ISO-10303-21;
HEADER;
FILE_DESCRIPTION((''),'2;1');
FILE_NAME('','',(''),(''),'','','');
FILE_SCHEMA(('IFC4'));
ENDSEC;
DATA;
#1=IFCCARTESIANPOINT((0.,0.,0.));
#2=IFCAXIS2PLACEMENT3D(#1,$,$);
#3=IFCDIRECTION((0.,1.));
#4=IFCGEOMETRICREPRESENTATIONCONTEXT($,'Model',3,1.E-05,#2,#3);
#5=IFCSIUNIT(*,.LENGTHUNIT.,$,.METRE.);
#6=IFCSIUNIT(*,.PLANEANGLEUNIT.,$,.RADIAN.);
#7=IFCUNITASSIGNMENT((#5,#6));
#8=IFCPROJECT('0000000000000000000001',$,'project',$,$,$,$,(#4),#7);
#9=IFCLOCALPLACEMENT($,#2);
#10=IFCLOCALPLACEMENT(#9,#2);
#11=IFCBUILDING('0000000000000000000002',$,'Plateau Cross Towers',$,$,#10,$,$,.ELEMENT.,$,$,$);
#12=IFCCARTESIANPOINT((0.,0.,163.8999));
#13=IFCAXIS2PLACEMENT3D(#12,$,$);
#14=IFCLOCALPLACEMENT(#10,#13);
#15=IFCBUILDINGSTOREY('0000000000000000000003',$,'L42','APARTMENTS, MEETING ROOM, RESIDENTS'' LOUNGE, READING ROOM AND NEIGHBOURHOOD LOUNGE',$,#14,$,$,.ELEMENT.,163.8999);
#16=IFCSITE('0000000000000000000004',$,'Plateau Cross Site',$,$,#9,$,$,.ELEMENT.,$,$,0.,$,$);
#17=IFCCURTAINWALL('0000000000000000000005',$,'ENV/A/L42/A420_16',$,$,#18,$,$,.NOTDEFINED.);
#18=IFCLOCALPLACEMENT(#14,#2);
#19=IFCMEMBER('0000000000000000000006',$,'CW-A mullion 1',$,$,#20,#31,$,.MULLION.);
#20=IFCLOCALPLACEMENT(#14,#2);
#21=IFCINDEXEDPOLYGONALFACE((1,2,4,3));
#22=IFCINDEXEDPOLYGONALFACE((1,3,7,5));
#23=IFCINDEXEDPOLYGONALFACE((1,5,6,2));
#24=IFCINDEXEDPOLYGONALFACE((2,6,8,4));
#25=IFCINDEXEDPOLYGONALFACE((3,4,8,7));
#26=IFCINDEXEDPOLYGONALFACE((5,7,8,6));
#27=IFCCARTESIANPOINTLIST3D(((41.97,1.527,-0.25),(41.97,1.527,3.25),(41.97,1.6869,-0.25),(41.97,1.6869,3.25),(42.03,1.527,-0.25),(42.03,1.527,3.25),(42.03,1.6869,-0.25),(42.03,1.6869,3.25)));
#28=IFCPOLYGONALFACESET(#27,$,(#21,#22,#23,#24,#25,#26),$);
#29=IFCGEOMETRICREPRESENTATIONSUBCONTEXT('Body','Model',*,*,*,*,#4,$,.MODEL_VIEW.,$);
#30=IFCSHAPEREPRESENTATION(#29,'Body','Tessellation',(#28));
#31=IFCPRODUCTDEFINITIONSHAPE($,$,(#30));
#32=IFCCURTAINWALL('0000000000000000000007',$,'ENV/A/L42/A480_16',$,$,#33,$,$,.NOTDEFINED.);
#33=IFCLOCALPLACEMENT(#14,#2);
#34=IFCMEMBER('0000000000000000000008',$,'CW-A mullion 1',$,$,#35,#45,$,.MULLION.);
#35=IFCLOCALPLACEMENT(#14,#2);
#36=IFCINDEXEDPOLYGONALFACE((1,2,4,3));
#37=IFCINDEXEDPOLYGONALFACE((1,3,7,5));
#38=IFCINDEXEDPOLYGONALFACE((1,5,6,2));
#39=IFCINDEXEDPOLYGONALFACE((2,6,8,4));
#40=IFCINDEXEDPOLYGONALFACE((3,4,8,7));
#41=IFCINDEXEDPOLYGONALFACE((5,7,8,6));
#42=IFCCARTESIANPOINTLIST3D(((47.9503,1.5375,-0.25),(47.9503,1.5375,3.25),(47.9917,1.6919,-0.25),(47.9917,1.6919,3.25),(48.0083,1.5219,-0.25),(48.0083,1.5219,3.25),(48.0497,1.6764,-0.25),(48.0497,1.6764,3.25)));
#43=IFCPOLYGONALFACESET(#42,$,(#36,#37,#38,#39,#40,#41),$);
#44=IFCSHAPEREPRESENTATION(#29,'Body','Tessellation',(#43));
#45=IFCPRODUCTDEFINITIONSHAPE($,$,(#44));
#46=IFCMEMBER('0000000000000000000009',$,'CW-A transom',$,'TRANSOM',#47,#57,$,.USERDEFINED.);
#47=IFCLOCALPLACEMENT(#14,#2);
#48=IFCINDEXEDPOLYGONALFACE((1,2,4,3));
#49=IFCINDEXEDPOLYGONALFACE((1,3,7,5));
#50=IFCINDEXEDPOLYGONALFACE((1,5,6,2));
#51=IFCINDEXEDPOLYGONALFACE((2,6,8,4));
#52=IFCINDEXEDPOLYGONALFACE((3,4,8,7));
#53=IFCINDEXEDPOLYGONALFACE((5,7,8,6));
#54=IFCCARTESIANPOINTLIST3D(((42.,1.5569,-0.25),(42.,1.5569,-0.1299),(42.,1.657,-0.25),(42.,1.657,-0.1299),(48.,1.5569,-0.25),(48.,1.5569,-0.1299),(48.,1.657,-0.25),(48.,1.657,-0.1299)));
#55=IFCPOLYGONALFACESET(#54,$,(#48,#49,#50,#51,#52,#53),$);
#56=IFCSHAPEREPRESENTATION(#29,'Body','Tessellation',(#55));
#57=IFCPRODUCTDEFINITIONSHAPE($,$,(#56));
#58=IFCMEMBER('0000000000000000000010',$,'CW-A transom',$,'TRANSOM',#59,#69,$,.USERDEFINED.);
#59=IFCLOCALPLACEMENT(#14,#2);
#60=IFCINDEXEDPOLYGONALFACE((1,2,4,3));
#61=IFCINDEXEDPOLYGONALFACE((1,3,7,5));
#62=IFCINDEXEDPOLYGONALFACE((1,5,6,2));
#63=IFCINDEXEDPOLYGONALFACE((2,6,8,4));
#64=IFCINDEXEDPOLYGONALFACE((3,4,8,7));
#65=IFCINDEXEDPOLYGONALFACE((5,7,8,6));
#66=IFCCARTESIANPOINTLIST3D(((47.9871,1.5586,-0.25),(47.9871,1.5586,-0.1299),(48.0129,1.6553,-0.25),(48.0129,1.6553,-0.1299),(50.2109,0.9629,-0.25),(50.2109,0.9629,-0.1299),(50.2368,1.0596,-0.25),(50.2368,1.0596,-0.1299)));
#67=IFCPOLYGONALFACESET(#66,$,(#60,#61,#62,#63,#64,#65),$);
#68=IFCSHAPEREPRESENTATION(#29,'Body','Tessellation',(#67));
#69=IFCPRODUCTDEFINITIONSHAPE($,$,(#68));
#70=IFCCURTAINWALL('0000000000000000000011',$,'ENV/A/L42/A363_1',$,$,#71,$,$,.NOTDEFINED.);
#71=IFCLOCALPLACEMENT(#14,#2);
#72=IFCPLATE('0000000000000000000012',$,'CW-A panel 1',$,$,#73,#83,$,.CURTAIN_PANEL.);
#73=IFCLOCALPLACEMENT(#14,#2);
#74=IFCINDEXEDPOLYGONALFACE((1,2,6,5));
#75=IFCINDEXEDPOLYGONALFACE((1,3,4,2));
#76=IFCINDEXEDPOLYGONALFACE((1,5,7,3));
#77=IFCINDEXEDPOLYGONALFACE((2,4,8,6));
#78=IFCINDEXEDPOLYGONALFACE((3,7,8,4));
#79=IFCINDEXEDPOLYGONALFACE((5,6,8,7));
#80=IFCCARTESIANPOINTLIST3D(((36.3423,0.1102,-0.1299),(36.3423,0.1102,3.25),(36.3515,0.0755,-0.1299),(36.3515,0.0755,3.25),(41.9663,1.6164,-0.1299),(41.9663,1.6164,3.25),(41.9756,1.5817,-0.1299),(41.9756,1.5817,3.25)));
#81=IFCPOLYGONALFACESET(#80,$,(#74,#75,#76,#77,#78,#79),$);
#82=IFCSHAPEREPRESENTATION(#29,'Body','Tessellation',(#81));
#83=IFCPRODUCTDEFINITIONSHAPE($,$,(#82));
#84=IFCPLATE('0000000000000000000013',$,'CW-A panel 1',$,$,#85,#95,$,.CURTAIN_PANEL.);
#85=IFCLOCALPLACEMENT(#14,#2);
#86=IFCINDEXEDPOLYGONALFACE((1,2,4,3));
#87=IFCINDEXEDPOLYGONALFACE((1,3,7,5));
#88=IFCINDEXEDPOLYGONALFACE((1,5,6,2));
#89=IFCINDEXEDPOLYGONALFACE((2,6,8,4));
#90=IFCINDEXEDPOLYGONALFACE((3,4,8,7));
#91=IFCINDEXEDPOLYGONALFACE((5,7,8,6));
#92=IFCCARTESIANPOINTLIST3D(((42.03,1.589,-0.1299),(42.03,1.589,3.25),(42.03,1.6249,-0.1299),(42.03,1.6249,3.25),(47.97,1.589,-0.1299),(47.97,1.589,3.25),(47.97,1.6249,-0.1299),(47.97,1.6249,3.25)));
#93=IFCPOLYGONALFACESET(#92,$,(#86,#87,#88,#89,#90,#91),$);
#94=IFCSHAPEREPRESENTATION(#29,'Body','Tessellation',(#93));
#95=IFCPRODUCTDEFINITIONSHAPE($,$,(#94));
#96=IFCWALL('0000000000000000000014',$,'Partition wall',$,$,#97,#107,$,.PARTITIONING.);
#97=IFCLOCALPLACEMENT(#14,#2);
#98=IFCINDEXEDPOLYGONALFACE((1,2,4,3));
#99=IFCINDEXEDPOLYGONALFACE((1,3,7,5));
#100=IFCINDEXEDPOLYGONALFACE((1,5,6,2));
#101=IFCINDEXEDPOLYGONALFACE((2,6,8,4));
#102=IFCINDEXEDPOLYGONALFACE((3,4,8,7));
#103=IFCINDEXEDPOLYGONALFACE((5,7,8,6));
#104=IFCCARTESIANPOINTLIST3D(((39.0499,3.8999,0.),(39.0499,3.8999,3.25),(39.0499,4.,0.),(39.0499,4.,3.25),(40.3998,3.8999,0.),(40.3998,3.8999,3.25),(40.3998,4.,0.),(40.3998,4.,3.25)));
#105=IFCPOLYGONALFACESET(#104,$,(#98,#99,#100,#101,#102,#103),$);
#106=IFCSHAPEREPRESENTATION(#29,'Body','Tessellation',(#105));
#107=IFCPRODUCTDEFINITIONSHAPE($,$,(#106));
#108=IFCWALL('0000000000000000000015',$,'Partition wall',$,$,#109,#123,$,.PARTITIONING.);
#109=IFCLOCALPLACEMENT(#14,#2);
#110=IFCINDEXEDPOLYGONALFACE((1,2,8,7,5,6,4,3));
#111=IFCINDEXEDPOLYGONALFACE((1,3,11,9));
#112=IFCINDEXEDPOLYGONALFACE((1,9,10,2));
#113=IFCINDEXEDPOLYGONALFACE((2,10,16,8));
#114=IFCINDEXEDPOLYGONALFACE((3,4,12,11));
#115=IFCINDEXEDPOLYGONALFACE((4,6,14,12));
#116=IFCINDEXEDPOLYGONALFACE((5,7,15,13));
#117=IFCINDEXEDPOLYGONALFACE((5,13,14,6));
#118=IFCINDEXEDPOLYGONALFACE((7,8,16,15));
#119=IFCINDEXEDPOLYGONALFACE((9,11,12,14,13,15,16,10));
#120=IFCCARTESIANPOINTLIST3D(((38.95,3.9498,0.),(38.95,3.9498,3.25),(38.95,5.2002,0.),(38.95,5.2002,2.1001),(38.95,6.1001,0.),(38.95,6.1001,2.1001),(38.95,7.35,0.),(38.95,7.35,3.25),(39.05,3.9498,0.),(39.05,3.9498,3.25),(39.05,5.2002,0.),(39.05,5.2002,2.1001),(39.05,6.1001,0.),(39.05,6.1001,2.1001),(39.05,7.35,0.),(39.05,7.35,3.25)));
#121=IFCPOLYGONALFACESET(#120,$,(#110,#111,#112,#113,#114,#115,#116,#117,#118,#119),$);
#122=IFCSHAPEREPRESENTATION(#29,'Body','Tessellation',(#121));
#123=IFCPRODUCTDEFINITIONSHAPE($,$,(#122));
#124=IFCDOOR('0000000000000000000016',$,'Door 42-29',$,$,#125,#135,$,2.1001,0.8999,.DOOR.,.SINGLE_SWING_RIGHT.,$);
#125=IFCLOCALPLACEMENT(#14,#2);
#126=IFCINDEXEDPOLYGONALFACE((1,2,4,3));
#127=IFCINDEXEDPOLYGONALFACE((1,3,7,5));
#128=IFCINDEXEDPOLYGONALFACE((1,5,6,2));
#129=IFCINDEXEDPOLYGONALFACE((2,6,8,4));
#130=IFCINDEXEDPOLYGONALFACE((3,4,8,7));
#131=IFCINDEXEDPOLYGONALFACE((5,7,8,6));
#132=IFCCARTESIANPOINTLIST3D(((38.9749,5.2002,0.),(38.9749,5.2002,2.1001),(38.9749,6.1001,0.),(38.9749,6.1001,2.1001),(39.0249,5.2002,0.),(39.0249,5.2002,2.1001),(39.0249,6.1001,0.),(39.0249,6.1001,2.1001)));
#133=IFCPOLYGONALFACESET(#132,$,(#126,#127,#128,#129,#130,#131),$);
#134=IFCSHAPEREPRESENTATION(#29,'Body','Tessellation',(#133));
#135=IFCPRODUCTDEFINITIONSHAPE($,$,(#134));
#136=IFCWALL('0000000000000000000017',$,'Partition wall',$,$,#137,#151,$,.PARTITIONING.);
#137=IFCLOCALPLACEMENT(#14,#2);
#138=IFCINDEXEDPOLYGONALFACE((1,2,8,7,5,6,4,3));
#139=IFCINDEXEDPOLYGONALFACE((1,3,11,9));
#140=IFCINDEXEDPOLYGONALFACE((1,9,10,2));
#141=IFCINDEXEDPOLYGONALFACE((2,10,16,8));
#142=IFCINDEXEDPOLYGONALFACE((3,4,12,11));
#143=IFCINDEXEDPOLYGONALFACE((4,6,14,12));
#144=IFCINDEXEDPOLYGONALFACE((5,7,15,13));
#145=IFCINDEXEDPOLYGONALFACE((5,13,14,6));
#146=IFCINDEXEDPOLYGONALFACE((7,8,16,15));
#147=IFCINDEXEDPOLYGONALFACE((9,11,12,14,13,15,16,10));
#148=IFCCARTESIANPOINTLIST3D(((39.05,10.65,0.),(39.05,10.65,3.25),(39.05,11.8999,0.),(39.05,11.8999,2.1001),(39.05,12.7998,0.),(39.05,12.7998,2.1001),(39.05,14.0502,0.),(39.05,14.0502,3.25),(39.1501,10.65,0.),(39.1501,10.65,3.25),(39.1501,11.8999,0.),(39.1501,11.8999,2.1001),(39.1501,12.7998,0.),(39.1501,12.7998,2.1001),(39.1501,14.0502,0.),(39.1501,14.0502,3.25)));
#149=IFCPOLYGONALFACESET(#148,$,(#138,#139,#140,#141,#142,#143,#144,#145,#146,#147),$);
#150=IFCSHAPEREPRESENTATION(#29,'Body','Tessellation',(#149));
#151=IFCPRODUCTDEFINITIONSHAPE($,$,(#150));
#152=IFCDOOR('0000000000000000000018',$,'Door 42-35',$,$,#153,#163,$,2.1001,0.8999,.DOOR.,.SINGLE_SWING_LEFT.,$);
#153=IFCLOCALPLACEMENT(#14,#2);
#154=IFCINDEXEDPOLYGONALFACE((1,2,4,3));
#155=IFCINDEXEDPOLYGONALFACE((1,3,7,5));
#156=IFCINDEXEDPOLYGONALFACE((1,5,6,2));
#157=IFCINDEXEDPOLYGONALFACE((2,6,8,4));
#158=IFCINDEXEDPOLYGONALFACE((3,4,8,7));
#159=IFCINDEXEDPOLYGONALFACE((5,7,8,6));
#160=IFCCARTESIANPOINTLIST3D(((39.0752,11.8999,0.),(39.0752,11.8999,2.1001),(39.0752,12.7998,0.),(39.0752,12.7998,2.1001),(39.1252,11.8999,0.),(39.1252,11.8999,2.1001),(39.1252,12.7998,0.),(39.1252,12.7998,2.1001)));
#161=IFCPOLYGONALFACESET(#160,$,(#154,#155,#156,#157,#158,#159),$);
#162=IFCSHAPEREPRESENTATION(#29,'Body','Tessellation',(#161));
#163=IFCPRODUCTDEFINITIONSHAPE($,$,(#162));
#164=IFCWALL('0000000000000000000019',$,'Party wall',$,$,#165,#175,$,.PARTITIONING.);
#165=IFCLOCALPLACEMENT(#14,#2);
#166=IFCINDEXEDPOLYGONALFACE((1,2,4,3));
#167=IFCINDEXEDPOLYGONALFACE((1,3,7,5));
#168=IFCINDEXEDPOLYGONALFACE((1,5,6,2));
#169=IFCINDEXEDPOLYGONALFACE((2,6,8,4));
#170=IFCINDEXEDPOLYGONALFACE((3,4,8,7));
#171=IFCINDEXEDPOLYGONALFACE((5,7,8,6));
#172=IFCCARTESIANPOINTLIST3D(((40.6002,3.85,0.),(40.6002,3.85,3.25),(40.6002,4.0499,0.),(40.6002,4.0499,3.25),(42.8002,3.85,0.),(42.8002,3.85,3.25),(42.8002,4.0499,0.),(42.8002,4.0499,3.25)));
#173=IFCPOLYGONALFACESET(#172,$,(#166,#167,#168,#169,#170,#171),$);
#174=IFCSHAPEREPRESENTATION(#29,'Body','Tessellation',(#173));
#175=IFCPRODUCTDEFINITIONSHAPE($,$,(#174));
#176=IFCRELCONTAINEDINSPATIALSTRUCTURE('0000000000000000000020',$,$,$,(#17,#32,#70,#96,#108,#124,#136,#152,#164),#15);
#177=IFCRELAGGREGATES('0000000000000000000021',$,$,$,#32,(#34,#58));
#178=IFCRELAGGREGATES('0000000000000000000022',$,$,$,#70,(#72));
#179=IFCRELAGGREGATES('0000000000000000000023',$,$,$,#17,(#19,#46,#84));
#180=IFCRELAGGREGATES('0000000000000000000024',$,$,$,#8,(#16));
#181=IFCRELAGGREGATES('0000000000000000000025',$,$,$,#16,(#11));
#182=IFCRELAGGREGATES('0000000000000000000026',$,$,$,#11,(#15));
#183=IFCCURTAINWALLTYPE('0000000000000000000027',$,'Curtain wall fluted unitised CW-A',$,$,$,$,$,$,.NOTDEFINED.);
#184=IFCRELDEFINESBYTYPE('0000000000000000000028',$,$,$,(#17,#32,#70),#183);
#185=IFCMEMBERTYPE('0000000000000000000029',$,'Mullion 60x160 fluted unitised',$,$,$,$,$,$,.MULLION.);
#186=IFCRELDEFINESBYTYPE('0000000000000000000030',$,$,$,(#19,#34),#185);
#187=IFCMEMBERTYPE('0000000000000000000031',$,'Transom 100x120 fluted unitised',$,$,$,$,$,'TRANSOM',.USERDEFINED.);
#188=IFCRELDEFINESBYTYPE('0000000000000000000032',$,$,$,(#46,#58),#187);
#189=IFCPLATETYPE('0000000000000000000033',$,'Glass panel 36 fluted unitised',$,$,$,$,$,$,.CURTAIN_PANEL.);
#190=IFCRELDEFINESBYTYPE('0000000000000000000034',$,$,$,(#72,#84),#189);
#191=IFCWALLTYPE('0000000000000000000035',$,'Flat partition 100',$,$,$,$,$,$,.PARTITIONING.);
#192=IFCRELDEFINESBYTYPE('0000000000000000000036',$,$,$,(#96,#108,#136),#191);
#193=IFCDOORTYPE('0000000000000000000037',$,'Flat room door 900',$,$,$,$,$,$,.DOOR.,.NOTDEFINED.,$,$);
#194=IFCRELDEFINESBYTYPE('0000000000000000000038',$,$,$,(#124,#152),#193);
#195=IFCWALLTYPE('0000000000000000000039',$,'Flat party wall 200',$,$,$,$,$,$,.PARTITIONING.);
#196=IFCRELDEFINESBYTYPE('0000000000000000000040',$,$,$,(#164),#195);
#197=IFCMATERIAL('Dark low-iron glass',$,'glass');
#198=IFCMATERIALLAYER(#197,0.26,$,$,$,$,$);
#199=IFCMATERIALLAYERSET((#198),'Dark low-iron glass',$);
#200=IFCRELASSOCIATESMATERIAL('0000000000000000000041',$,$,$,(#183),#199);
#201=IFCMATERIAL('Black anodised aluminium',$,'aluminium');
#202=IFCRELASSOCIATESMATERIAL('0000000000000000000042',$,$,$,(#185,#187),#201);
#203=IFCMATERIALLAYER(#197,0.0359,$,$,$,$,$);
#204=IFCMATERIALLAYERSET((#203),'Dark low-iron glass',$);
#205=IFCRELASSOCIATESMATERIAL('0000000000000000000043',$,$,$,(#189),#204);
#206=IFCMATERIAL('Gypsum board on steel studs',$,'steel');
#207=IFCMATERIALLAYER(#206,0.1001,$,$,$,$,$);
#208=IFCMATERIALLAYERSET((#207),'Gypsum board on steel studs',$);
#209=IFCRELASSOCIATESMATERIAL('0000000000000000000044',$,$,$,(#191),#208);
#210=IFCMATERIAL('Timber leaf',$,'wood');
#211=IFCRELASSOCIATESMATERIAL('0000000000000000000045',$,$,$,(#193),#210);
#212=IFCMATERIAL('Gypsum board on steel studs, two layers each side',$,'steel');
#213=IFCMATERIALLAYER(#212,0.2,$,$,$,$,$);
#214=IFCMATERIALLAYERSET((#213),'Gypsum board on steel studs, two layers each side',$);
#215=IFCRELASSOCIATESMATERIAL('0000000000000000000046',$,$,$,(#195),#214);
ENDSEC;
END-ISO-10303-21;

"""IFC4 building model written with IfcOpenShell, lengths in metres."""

from ifc_helpers import new_model, si_unit, direction, frame, frame_2d, origin, origin_2d, place, context, subcontext, project, spatial, rectangle, extrude, material, layer, layer_set, material_profile, profile_set, type_object, element, fill, aggregate, save


model = new_model("IFC4")

# Units and contexts
model_context = context("Model", 3, precision=1e-05, world=origin(), true_north=direction((0.0, 1.0)))
body_context = subcontext(model_context, "Body", "Model", "MODEL_VIEW")
ifc_project = project(units=[si_unit("LENGTHUNIT", "METRE"), si_unit("PLANEANGLEUNIT", "RADIAN")], contexts=[model_context])

# Site, building, storey
site_placement = place(None, origin())
site = spatial("IfcSite", under=ifc_project, at=site_placement, Name="Plateau Cross Site", CompositionType="ELEMENT", RefElevation=0.0)
building_placement = place(site_placement, origin())
building = spatial("IfcBuilding", under=site, at=building_placement, Name="Plateau Cross Towers", CompositionType="ELEMENT")
storey_placement = place(building_placement, frame((0.0, 0.0, 163.8999)))
storey = spatial("IfcBuildingStorey", under=building, at=storey_placement, Name="L42", Description="APARTMENTS, MEETING ROOM, RESIDENTS' LOUNGE, READING ROOM AND NEIGHBOURHOOD LOUNGE", CompositionType="ELEMENT", Elevation=163.8999)

# Curtain walls, members
ifc_material_1 = material(Name="Dark low-iron glass", Category="glass")
ifc_layer_1 = layer(ifc_material_1, 0.26)
ifc_layer_set_1 = layer_set([ifc_layer_1], Name="Dark low-iron glass")
curtain_wall_type = type_object("IfcCurtainWallType", Name="Curtain wall fluted unitised CW-A", PredefinedType="NOTDEFINED", material=ifc_layer_set_1)
curtain_wall_1_placement = place(storey_placement, origin())
curtain_wall_1 = element("IfcCurtainWall", 1, at=curtain_wall_1_placement, inside=storey, type_object=curtain_wall_type, Name="ENV/A/L42/A420_16", PredefinedType="NOTDEFINED")
ifc_material_2 = material(Name="Black anodised aluminium", Category="aluminium")
ifc_material_profile_1 = material_profile(ifc_material_2, rectangle(XDim=0.0601, YDim=0.1599, at=origin_2d()), Name="MULLION 60x160")
ifc_profile_set_1 = profile_set([ifc_material_profile_1], Name="Black anodised aluminium")
member_type_1 = type_object("IfcMemberType", Name="Mullion 60x160 fluted unitised", PredefinedType="MULLION", material=ifc_profile_set_1)
member_1_placement = place(storey_placement, frame((42.0, 1.6069, -0.25), z_axis=(0.0, 0.0, 1.0), x_axis=(1.0, 0.0, 0.0)))
member_1 = element("IfcMember", 2, at=member_1_placement, type_object=member_type_1, Name="CW-A mullion 1", PredefinedType="MULLION", context=body_context, shape_type="SweptSolid", body=[
    extrude(rectangle(XDim=0.0601, YDim=0.1599, at=origin_2d()), origin(), (0.0, 0.0, 1.0), 3.5),
])
curtain_wall_2_placement = place(storey_placement, origin())
curtain_wall_2 = element("IfcCurtainWall", 3, at=curtain_wall_2_placement, inside=storey, type_object=curtain_wall_type, Name="ENV/A/L42/A480_16", PredefinedType="NOTDEFINED")
member_2_placement = place(storey_placement, frame((48.0, 1.6069, -0.25), z_axis=(0.0, 0.0, 1.0), x_axis=(0.965958, -0.258699, 0.0)))
member_2 = element("IfcMember", 4, at=member_2_placement, type_object=member_type_1, Name="CW-A mullion 1", PredefinedType="MULLION", context=body_context, shape_type="SweptSolid", body=[
    extrude(rectangle(XDim=0.0601, YDim=0.1599, at=origin_2d()), origin(), (0.0, 0.0, 1.0), 3.5),
])

# Members
ifc_material_profile_2 = material_profile(ifc_material_2, rectangle(XDim=0.1001, YDim=0.1201, at=origin_2d()), Name="TRANSOM 100x120")
ifc_profile_set_2 = profile_set([ifc_material_profile_2], Name="Black anodised aluminium")
member_type_2 = type_object("IfcMemberType", Name="Transom 100x120 fluted unitised", ElementType="TRANSOM", PredefinedType="USERDEFINED", material=ifc_profile_set_2)
member_3_placement = place(storey_placement, frame((42.0, 1.6069, -0.1899), z_axis=(1.0, 0.0, 0.0), x_axis=(0.0, 1.0, 0.0)))
member_3 = element("IfcMember", 5, at=member_3_placement, type_object=member_type_2, Name="CW-A transom", ObjectType="TRANSOM", PredefinedType="USERDEFINED", context=body_context, shape_type="SweptSolid", body=[
    extrude(rectangle(XDim=0.1001, YDim=0.1201, at=origin_2d()), origin(), (0.0, 0.0, 1.0), 6.0),
])
member_4_placement = place(storey_placement, frame((48.0, 1.6069, -0.1899), z_axis=(0.965946, -0.258745, 0.0), x_axis=(0.258745, 0.965946, 0.0)))
member_4 = element("IfcMember", 6, at=member_4_placement, type_object=member_type_2, Name="CW-A transom", ObjectType="TRANSOM", PredefinedType="USERDEFINED", context=body_context, shape_type="SweptSolid", body=[
    extrude(rectangle(XDim=0.1001, YDim=0.1201, at=origin_2d()), origin(), (0.0, 0.0, 1.0), 2.3022),
])
aggregate(curtain_wall_2, [member_2, member_4])

# Curtain wall, plate
curtain_wall_3_placement = place(storey_placement, origin())
curtain_wall_3 = element("IfcCurtainWall", 7, at=curtain_wall_3_placement, inside=storey, type_object=curtain_wall_type, Name="ENV/A/L42/A363_1", PredefinedType="NOTDEFINED")
ifc_layer_2 = layer(ifc_material_1, 0.0359)
ifc_layer_set_2 = layer_set([ifc_layer_2], Name="Dark low-iron glass")
plate_type = type_object("IfcPlateType", Name="Glass panel 36 fluted unitised", PredefinedType="CURTAIN_PANEL", material=ifc_layer_set_2)
plate_1_placement = place(storey_placement, frame((39.1589, 0.8459, -0.1299), z_axis=(0.0, 0.0, 1.0), x_axis=(0.965958, 0.258699, 0.0)))
plate_1 = element("IfcPlate", 8, at=plate_1_placement, type_object=plate_type, Name="CW-A panel 1", PredefinedType="CURTAIN_PANEL", context=body_context, shape_type="SweptSolid", body=[
    extrude(rectangle(XDim=5.8223, YDim=0.0359, at=origin_2d()), origin(), (0.0, 0.0, 1.0), 3.3799),
])
aggregate(curtain_wall_3, [plate_1])

# Plate
plate_2_placement = place(storey_placement, frame((45.0, 1.6069, -0.1299), z_axis=(0.0, 0.0, 1.0), x_axis=(1.0, 0.0, 0.0)))
plate_2 = element("IfcPlate", 9, at=plate_2_placement, type_object=plate_type, Name="CW-A panel 1", PredefinedType="CURTAIN_PANEL", context=body_context, shape_type="SweptSolid", body=[
    extrude(rectangle(XDim=5.9399, YDim=0.0359, at=origin_2d()), origin(), (0.0, 0.0, 1.0), 3.3799),
])
aggregate(curtain_wall_1, [member_1, member_3, plate_2])

# Wall
ifc_material_3 = material(Name="Gypsum board on steel studs", Category="steel")
ifc_layer_3 = layer(ifc_material_3, 0.1001)
ifc_layer_set_3 = layer_set([ifc_layer_3], Name="Gypsum board on steel studs")
wall_type_1 = type_object("IfcWallType", Name="Flat partition 100", PredefinedType="PARTITIONING", material=ifc_layer_set_3)
wall_1_placement = place(storey_placement, frame((39.05, 3.95, 0.0), z_axis=(0.0, 0.0, 1.0), x_axis=(1.0, 0.0, 0.0)))
element("IfcWall", 10, at=wall_1_placement, inside=storey, type_object=wall_type_1, Name="Partition wall", PredefinedType="PARTITIONING", context=body_context, shape_type="SweptSolid", body=[
    extrude(rectangle(XDim=1.3499, YDim=0.1001, at=frame_2d((0.6748, 0.0))), origin(), (0.0, 0.0, 1.0), 3.25),
])

# Walls, openings, doors
wall_2_placement = place(storey_placement, frame((39.0, 7.3501, 0.0), z_axis=(0.0, 0.0, 1.0), x_axis=(0.0, -1.0, 0.0)))
wall_2 = element("IfcWall", 11, at=wall_2_placement, inside=storey, type_object=wall_type_1, Name="Partition wall", PredefinedType="PARTITIONING", context=body_context, shape_type="SweptSolid", body=[
    extrude(rectangle(XDim=3.4001, YDim=0.1001, at=frame_2d((1.7002, 0.0))), origin(), (0.0, 0.0, 1.0), 3.25),
])
opening_1_placement = place(wall_2_placement, frame((1.25, 0.0, 0.0)))
opening_1 = element("IfcOpeningElement", 12, at=opening_1_placement, cuts=wall_2, PredefinedType="OPENING", context=body_context, shape_type="SweptSolid", body=[
    extrude(rectangle(XDim=0.8999, YDim=2.1001, at=frame_2d((0.45, 1.05))), frame((0.0, 0.0601, 0.0), z_axis=(0.0, -1.0, 0.0), x_axis=(1.0, 0.0, 0.0)), (0.0, 0.0, 1.0), 0.1201),
])
ifc_material_4 = material(Name="Timber leaf", Category="wood")
door_type_1 = type_object("IfcDoorType", Name="Flat room door 900", OperationType="NOTDEFINED", PredefinedType="DOOR", material=ifc_material_4)
door_1_placement = place(opening_1_placement, origin())
door_1 = element("IfcDoor", 13, at=door_1_placement, inside=storey, type_object=door_type_1, Name="Door 42-29", OperationType="SINGLE_SWING_RIGHT", OverallHeight=2.1001, OverallWidth=0.8999, PredefinedType="DOOR", context=body_context, shape_type="SweptSolid", body=[
    extrude(rectangle(XDim=0.8999, YDim=2.1001, at=frame_2d((0.45, 1.05))), frame((0.0, 0.0249, 0.0), z_axis=(0.0, -1.0, 0.0), x_axis=(1.0, 0.0, 0.0)), (0.0, 0.0, 1.0), 0.05),
])
fill(opening_1, door_1)
wall_3_placement = place(storey_placement, frame((39.1001, 10.6499, 0.0), z_axis=(0.0, 0.0, 1.0), x_axis=(0.0, 1.0, 0.0)))
wall_3 = element("IfcWall", 14, at=wall_3_placement, inside=storey, type_object=wall_type_1, Name="Partition wall", PredefinedType="PARTITIONING", context=body_context, shape_type="SweptSolid", body=[
    extrude(rectangle(XDim=3.4001, YDim=0.1001, at=frame_2d((1.7002, 0.0))), origin(), (0.0, 0.0, 1.0), 3.25),
])
opening_2_placement = place(wall_3_placement, frame((1.25, 0.0, 0.0)))
opening_2 = element("IfcOpeningElement", 15, at=opening_2_placement, cuts=wall_3, PredefinedType="OPENING", context=body_context, shape_type="SweptSolid", body=[
    extrude(rectangle(XDim=0.8999, YDim=2.1001, at=frame_2d((0.45, 1.05))), frame((0.0, 0.0601, 0.0), z_axis=(0.0, -1.0, 0.0), x_axis=(1.0, 0.0, 0.0)), (0.0, 0.0, 1.0), 0.1201),
])
door_2_placement = place(opening_2_placement, origin())
door_2 = element("IfcDoor", 16, at=door_2_placement, inside=storey, type_object=door_type_1, Name="Door 42-35", OperationType="SINGLE_SWING_LEFT", OverallHeight=2.1001, OverallWidth=0.8999, PredefinedType="DOOR", context=body_context, shape_type="SweptSolid", body=[
    extrude(rectangle(XDim=0.8999, YDim=2.1001, at=frame_2d((0.45, 1.05))), frame((0.0, 0.0249, 0.0), z_axis=(0.0, -1.0, 0.0), x_axis=(1.0, 0.0, 0.0)), (0.0, 0.0, 1.0), 0.05),
])
fill(opening_2, door_2)

# Wall
ifc_material_5 = material(Name="Gypsum board on steel studs, two layers each side", Category="steel")
ifc_layer_4 = layer(ifc_material_5, 0.2)
ifc_layer_set_4 = layer_set([ifc_layer_4], Name="Gypsum board on steel studs, two layers each side")
wall_type_2 = type_object("IfcWallType", Name="Flat party wall 200", PredefinedType="PARTITIONING", material=ifc_layer_set_4)
wall_4_placement = place(storey_placement, frame((40.6001, 3.95, 0.0), z_axis=(0.0, 0.0, 1.0), x_axis=(1.0, 0.0, 0.0)))
element("IfcWall", 17, at=wall_4_placement, inside=storey, type_object=wall_type_2, Name="Party wall", PredefinedType="PARTITIONING", context=body_context, shape_type="SweptSolid", body=[
    extrude(rectangle(XDim=2.2, YDim=0.2, at=frame_2d((1.1001, 0.0))), origin(), (0.0, 0.0, 1.0), 3.25),
])

save(model, "model.ifc")
